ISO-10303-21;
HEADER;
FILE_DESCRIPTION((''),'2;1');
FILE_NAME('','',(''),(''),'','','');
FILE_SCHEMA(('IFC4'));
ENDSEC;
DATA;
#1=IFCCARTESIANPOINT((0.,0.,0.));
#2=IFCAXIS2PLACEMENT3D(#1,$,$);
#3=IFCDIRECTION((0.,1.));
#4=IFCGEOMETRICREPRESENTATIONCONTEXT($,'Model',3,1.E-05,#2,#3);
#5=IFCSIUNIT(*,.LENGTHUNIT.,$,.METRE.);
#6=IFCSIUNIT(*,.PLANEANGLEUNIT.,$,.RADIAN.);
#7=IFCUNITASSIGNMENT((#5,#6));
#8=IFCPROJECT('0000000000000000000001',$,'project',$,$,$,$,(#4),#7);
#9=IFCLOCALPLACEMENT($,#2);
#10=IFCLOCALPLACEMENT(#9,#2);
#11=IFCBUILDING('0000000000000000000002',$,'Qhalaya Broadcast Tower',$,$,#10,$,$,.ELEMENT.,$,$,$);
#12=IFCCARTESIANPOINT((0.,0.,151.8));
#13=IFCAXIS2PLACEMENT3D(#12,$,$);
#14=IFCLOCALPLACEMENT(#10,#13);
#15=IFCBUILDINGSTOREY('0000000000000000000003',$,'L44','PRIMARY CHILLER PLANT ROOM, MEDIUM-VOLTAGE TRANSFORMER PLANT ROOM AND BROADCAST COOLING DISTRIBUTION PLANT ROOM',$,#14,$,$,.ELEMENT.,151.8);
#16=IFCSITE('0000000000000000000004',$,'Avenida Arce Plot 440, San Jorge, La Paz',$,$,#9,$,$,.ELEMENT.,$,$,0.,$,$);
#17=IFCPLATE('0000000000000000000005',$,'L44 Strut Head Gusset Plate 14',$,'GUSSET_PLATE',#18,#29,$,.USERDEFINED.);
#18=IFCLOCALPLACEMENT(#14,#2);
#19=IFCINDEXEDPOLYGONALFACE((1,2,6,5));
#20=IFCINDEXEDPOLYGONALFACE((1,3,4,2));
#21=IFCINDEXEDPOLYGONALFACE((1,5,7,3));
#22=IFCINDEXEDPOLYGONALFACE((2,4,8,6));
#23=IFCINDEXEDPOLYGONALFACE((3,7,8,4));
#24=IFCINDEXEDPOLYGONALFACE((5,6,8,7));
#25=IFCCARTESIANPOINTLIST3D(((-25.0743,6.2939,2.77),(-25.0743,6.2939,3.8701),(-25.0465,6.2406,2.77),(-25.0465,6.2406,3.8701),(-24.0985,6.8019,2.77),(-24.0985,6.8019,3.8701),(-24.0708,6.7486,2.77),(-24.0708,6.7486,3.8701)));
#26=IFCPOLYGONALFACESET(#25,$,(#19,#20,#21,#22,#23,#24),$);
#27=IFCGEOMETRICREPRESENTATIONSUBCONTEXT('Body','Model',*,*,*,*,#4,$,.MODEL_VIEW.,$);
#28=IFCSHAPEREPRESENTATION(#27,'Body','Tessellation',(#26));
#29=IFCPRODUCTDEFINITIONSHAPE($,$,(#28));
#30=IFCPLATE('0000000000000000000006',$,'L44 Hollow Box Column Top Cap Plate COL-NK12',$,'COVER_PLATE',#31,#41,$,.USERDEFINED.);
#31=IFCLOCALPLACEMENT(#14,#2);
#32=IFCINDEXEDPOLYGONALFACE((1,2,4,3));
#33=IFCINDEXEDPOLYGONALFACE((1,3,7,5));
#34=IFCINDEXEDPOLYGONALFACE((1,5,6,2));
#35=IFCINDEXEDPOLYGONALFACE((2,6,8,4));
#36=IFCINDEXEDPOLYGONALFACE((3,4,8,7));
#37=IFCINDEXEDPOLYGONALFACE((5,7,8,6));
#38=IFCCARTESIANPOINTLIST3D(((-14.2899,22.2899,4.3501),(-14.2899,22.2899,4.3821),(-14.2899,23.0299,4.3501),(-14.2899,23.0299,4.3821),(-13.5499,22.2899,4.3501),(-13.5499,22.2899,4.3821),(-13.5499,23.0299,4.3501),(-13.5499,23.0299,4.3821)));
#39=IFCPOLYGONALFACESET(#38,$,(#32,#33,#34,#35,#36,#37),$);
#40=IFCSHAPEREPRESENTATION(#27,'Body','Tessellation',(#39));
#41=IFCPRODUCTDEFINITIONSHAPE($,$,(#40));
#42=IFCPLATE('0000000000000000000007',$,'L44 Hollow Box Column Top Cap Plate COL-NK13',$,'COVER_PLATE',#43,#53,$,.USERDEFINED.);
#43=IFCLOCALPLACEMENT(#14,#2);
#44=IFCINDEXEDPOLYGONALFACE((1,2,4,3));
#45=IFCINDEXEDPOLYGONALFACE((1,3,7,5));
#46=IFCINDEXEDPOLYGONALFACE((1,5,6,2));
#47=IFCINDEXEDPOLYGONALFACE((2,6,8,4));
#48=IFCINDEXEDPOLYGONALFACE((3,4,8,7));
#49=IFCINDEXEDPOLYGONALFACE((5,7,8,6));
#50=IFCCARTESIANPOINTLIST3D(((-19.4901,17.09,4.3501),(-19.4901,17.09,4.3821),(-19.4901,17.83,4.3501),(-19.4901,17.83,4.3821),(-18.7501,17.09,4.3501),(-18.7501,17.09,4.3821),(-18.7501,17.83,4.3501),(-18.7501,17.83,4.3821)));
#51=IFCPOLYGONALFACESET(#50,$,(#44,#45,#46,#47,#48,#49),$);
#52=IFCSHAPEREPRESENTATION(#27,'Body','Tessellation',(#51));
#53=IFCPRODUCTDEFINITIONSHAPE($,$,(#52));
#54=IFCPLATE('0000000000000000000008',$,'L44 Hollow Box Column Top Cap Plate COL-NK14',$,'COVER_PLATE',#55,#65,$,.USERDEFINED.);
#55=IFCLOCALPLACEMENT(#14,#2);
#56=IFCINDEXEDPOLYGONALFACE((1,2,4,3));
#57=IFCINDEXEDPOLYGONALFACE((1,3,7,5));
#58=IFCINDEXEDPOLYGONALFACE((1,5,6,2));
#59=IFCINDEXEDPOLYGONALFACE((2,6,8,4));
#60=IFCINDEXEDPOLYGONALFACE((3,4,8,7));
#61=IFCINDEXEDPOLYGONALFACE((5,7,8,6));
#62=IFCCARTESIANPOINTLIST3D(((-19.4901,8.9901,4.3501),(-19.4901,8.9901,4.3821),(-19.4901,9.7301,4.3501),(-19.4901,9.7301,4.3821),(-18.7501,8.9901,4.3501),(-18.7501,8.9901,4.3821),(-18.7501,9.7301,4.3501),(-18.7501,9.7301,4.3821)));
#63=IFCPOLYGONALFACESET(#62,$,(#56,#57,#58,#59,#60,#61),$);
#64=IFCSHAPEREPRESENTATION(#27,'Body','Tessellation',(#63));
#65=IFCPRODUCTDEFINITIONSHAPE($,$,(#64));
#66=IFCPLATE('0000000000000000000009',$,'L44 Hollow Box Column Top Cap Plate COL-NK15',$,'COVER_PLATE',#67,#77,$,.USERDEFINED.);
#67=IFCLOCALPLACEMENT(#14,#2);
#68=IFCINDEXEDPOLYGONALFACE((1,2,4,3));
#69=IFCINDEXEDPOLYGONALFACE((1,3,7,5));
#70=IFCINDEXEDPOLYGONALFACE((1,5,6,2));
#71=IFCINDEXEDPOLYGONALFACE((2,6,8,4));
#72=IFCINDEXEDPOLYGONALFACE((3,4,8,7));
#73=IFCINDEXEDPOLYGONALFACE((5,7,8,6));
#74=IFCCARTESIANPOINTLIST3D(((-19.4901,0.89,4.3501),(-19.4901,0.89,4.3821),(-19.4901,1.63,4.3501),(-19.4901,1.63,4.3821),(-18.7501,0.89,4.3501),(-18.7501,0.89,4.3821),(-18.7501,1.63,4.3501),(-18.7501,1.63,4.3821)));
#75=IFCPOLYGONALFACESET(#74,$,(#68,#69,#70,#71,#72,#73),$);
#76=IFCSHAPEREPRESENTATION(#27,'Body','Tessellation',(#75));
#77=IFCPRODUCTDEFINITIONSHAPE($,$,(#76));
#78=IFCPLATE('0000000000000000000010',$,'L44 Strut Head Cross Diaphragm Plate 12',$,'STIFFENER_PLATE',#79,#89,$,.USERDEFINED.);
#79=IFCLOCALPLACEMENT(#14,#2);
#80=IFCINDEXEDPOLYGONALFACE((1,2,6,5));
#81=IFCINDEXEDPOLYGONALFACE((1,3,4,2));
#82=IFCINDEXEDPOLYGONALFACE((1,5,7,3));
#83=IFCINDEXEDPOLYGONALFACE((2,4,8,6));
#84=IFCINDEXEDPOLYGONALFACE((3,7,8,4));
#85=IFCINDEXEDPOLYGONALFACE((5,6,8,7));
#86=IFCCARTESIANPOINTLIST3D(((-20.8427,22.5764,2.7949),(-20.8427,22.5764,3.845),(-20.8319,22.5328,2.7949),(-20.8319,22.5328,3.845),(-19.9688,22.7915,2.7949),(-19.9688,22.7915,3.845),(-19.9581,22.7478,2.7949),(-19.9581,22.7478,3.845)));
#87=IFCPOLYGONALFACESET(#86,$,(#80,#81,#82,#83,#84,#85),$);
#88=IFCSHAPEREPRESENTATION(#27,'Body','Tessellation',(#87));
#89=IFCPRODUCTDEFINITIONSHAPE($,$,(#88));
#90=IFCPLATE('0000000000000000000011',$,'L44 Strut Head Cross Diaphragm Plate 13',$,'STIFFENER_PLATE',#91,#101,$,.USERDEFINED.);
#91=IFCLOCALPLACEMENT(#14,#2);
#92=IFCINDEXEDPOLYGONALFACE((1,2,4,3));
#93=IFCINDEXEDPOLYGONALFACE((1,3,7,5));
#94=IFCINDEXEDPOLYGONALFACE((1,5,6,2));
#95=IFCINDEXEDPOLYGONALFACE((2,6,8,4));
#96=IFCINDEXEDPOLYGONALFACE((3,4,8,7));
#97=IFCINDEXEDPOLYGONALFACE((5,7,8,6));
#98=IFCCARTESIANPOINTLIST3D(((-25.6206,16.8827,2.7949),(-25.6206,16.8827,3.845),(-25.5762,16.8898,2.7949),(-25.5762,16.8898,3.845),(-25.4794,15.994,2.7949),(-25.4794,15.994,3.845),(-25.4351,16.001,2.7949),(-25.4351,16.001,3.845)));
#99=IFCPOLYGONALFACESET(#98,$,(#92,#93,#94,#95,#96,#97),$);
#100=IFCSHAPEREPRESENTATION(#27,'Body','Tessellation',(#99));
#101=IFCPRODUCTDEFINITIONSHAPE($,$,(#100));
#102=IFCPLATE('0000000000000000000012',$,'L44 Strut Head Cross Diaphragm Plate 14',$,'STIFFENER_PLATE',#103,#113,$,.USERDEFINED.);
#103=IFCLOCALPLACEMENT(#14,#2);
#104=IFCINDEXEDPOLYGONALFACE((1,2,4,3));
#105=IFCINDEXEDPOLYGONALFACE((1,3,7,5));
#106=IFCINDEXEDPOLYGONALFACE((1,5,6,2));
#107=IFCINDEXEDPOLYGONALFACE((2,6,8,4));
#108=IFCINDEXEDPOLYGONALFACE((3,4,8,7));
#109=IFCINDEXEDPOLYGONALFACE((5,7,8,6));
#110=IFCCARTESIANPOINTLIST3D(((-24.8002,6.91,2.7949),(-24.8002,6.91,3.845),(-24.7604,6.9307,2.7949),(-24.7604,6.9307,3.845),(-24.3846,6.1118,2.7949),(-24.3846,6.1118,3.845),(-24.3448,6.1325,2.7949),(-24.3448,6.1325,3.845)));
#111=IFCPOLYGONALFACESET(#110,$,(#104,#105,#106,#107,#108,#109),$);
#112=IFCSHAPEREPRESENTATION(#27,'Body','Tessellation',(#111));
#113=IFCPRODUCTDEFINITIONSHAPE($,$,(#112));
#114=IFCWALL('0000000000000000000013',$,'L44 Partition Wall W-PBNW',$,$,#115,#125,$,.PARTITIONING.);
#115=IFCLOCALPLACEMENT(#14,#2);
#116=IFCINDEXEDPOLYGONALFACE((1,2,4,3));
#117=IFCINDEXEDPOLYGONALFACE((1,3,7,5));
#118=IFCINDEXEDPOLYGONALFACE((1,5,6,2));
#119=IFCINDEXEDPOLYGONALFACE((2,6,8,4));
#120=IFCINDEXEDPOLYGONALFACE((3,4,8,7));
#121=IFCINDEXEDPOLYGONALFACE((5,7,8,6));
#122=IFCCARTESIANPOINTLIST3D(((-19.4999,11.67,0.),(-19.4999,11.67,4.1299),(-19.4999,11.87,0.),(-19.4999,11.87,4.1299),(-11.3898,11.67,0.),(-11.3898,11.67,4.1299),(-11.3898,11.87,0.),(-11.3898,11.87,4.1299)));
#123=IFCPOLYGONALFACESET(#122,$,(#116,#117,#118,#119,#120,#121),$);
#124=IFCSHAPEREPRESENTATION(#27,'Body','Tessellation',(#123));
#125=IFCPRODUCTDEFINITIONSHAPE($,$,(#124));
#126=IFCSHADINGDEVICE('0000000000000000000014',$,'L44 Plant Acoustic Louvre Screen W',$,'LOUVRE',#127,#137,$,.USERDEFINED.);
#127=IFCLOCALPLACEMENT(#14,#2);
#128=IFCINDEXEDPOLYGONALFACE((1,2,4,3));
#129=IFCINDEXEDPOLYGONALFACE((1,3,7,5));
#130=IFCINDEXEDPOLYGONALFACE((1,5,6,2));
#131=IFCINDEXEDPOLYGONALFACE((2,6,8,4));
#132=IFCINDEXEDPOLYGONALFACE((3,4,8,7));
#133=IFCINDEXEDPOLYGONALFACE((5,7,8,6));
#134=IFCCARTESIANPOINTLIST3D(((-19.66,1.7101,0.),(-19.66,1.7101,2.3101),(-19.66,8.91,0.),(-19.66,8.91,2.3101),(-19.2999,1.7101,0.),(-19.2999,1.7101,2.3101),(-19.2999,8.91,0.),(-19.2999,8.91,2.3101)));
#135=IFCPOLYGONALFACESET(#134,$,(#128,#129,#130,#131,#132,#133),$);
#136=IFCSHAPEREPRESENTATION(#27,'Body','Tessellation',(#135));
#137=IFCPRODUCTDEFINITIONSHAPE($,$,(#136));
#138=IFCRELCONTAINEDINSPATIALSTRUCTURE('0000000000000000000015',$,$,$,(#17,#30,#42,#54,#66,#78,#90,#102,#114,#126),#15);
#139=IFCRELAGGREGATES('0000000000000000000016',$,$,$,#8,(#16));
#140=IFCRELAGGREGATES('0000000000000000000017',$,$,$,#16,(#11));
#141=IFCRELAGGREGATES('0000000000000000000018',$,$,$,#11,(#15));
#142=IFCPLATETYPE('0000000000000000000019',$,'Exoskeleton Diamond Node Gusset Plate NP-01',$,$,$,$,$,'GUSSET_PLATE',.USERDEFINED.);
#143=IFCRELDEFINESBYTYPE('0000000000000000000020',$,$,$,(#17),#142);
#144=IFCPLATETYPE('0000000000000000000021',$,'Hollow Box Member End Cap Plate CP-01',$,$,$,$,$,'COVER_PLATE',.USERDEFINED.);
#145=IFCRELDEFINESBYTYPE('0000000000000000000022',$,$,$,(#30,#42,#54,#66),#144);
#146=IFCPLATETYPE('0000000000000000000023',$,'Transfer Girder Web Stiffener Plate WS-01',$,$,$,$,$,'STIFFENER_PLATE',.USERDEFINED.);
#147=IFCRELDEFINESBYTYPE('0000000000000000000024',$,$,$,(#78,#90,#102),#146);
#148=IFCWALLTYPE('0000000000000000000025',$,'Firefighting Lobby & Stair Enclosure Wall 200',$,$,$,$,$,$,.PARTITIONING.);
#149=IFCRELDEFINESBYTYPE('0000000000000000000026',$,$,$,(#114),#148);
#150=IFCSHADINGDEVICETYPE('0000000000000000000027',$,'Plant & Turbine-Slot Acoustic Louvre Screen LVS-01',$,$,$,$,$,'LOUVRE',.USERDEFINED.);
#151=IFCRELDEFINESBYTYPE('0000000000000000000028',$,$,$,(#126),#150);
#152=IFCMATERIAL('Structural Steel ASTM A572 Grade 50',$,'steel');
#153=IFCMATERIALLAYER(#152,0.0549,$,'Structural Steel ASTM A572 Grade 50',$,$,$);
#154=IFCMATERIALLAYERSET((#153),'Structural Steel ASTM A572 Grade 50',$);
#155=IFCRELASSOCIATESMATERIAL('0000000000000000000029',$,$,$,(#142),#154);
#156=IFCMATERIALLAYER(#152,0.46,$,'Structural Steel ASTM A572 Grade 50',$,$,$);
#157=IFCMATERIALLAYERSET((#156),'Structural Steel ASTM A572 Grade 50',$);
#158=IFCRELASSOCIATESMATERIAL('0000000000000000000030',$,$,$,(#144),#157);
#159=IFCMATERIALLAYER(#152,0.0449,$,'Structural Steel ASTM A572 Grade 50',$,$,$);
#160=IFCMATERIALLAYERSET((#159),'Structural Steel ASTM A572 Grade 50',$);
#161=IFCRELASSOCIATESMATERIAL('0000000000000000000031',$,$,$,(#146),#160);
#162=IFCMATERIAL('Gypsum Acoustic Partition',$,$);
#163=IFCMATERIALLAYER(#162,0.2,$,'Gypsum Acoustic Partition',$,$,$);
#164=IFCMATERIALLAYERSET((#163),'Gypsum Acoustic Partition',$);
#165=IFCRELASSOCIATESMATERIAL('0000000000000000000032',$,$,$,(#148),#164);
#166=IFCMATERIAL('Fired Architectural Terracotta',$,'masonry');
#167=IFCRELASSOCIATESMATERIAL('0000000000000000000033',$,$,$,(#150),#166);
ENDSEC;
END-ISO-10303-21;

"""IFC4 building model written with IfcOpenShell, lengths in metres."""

from ifc_helpers import new_model, si_unit, direction, frame, frame_2d, origin, origin_2d, place, context, subcontext, project, spatial, rectangle, extrude, material, layer, layer_set, type_object, element, save


model = new_model("IFC4")

# Units and contexts
model_context = context("Model", 3, precision=1e-05, world=origin(), true_north=direction((0.0, 1.0)))
body_context = subcontext(model_context, "Body", "Model", "MODEL_VIEW")
ifc_project = project(units=[si_unit("LENGTHUNIT", "METRE"), si_unit("PLANEANGLEUNIT", "RADIAN")], contexts=[model_context])

# Site, building, storey
site_placement = place(None, origin())
site = spatial("IfcSite", under=ifc_project, at=site_placement, Name="Avenida Arce Plot 440, San Jorge, La Paz", CompositionType="ELEMENT", RefElevation=0.0)
building_placement = place(site_placement, origin())
building = spatial("IfcBuilding", under=site, at=building_placement, Name="Qhalaya Broadcast Tower", CompositionType="ELEMENT")
storey_placement = place(building_placement, frame((0.0, 0.0, 151.8)))
storey = spatial("IfcBuildingStorey", under=building, at=storey_placement, Name="L44", Description="PRIMARY CHILLER PLANT ROOM, MEDIUM-VOLTAGE TRANSFORMER PLANT ROOM AND BROADCAST COOLING DISTRIBUTION PLANT ROOM", CompositionType="ELEMENT", Elevation=151.8)

# Shared definitions
ifc_material_1 = material(Name="Structural Steel ASTM A572 Grade 50", Category="steel")

# Plates
ifc_layer_1 = layer(ifc_material_1, 0.0549, Name="Structural Steel ASTM A572 Grade 50")
ifc_layer_set_1 = layer_set([ifc_layer_1], Name="Structural Steel ASTM A572 Grade 50")
plate_type_1 = type_object("IfcPlateType", Name="Exoskeleton Diamond Node Gusset Plate NP-01", ElementType="GUSSET_PLATE", PredefinedType="USERDEFINED", material=ifc_layer_set_1)
for number, where, z_axis, x_axis, name in (
    (1, (-24.5725, 6.5212, 2.77), (0.0, 0.0, 1.0), (-0.886987, -0.461795, 0.0), "L44 Strut Head Gusset Plate 14"),
):
    element("IfcPlate", number, at=place(storey_placement, frame(where, z_axis=z_axis, x_axis=x_axis)), inside=storey, type_object=plate_type_1, Name=name, ObjectType="GUSSET_PLATE", PredefinedType="USERDEFINED", context=body_context, shape_type="SweptSolid", body=[
        extrude(rectangle(XDim=1.1001, YDim=0.0601, at=origin_2d()), origin(), (0.0, 0.0, 1.0), 1.1001),
    ])
ifc_layer_2 = layer(ifc_material_1, 0.46, Name="Structural Steel ASTM A572 Grade 50")
ifc_layer_set_2 = layer_set([ifc_layer_2], Name="Structural Steel ASTM A572 Grade 50")
plate_type_2 = type_object("IfcPlateType", Name="Hollow Box Member End Cap Plate CP-01", ElementType="COVER_PLATE", PredefinedType="USERDEFINED", material=ifc_layer_set_2)
for number, where, z_axis, x_axis, name in (
    (2, (-13.9199, 22.6599, 4.3501), (0.0, 0.0, 1.0), (1.0, 0.0, 0.0), "L44 Hollow Box Column Top Cap Plate COL-NK12"),
    (3, (-19.1201, 17.46, 4.3501), (0.0, 0.0, 1.0), (0.0, 1.0, 0.0), "L44 Hollow Box Column Top Cap Plate COL-NK13"),
    (4, (-19.1201, 9.3601, 4.3501), (0.0, 0.0, 1.0), (0.0, 1.0, 0.0), "L44 Hollow Box Column Top Cap Plate COL-NK14"),
    (5, (-19.1201, 1.26, 4.3501), (0.0, 0.0, 1.0), (0.0, 1.0, 0.0), "L44 Hollow Box Column Top Cap Plate COL-NK15"),
):
    element("IfcPlate", number, at=place(storey_placement, frame(where, z_axis=z_axis, x_axis=x_axis)), inside=storey, type_object=plate_type_2, Name=name, ObjectType="COVER_PLATE", PredefinedType="USERDEFINED", context=body_context, shape_type="SweptSolid", body=[
        extrude(rectangle(XDim=0.74, YDim=0.74, at=origin_2d()), origin(), (0.0, 0.0, 1.0), 0.032),
    ])
ifc_layer_3 = layer(ifc_material_1, 0.0449, Name="Structural Steel ASTM A572 Grade 50")
ifc_layer_set_3 = layer_set([ifc_layer_3], Name="Structural Steel ASTM A572 Grade 50")
plate_type_3 = type_object("IfcPlateType", Name="Transfer Girder Web Stiffener Plate WS-01", ElementType="STIFFENER_PLATE", PredefinedType="USERDEFINED", material=ifc_layer_set_3)
for number, where, z_axis, x_axis, name in (
    (6, (-20.4004, 22.6621, 2.7949), (0.0, 0.0, 1.0), (-0.971018, -0.239008, 0.0), "L44 Strut Head Cross Diaphragm Plate 12"),
    (7, (-25.5278, 16.4419, 2.7949), (0.0, 0.0, 1.0), (0.1569, -0.987615, 0.0), "L44 Strut Head Cross Diaphragm Plate 13"),
    (8, (-24.5725, 6.5212, 2.7949), (0.0, 0.0, 1.0), (0.461795, -0.886987, 0.0), "L44 Strut Head Cross Diaphragm Plate 14"),
):
    element("IfcPlate", number, at=place(storey_placement, frame(where, z_axis=z_axis, x_axis=x_axis)), inside=storey, type_object=plate_type_3, Name=name, ObjectType="STIFFENER_PLATE", PredefinedType="USERDEFINED", context=body_context, shape_type="SweptSolid", body=[
        extrude(rectangle(XDim=0.8999, YDim=0.0449, at=origin_2d()), origin(), (0.0, 0.0, 1.0), 1.05),
    ])

# Wall
ifc_material_2 = material(Name="Gypsum Acoustic Partition")
ifc_layer_4 = layer(ifc_material_2, 0.2, Name="Gypsum Acoustic Partition")
ifc_layer_set_4 = layer_set([ifc_layer_4], Name="Gypsum Acoustic Partition")
wall_type = type_object("IfcWallType", Name="Firefighting Lobby & Stair Enclosure Wall 200", PredefinedType="PARTITIONING", material=ifc_layer_set_4)
wall_placement = place(storey_placement, frame((-19.5, 11.77, 0.0), z_axis=(0.0, 0.0, 1.0), x_axis=(1.0, 0.0, 0.0)))
element("IfcWall", 9, at=wall_placement, inside=storey, type_object=wall_type, Name="L44 Partition Wall W-PBNW", PredefinedType="PARTITIONING", context=body_context, shape_type="SweptSolid", body=[
    extrude(rectangle(XDim=8.1101, YDim=0.2, at=frame_2d((4.0552, 0.0))), origin(), (0.0, 0.0, 1.0), 4.1299),
])

# Shading device
ifc_material_3 = material(Name="Fired Architectural Terracotta", Category="masonry")
shading_device_type = type_object("IfcShadingDeviceType", Name="Plant & Turbine-Slot Acoustic Louvre Screen LVS-01", ElementType="LOUVRE", PredefinedType="USERDEFINED", material=ifc_material_3)
shading_device_placement = place(storey_placement, frame((-19.48, 5.3101, 0.0), z_axis=(0.0, 0.0, 1.0), x_axis=(0.0, 1.0, 0.0)))
element("IfcShadingDevice", 10, at=shading_device_placement, inside=storey, type_object=shading_device_type, Name="L44 Plant Acoustic Louvre Screen W", ObjectType="LOUVRE", PredefinedType="USERDEFINED", context=body_context, shape_type="SweptSolid", body=[
    extrude(rectangle(XDim=7.2, YDim=0.3601, at=origin_2d()), origin(), (0.0, 0.0, 1.0), 2.3101),
])

save(model, "model.ifc")
